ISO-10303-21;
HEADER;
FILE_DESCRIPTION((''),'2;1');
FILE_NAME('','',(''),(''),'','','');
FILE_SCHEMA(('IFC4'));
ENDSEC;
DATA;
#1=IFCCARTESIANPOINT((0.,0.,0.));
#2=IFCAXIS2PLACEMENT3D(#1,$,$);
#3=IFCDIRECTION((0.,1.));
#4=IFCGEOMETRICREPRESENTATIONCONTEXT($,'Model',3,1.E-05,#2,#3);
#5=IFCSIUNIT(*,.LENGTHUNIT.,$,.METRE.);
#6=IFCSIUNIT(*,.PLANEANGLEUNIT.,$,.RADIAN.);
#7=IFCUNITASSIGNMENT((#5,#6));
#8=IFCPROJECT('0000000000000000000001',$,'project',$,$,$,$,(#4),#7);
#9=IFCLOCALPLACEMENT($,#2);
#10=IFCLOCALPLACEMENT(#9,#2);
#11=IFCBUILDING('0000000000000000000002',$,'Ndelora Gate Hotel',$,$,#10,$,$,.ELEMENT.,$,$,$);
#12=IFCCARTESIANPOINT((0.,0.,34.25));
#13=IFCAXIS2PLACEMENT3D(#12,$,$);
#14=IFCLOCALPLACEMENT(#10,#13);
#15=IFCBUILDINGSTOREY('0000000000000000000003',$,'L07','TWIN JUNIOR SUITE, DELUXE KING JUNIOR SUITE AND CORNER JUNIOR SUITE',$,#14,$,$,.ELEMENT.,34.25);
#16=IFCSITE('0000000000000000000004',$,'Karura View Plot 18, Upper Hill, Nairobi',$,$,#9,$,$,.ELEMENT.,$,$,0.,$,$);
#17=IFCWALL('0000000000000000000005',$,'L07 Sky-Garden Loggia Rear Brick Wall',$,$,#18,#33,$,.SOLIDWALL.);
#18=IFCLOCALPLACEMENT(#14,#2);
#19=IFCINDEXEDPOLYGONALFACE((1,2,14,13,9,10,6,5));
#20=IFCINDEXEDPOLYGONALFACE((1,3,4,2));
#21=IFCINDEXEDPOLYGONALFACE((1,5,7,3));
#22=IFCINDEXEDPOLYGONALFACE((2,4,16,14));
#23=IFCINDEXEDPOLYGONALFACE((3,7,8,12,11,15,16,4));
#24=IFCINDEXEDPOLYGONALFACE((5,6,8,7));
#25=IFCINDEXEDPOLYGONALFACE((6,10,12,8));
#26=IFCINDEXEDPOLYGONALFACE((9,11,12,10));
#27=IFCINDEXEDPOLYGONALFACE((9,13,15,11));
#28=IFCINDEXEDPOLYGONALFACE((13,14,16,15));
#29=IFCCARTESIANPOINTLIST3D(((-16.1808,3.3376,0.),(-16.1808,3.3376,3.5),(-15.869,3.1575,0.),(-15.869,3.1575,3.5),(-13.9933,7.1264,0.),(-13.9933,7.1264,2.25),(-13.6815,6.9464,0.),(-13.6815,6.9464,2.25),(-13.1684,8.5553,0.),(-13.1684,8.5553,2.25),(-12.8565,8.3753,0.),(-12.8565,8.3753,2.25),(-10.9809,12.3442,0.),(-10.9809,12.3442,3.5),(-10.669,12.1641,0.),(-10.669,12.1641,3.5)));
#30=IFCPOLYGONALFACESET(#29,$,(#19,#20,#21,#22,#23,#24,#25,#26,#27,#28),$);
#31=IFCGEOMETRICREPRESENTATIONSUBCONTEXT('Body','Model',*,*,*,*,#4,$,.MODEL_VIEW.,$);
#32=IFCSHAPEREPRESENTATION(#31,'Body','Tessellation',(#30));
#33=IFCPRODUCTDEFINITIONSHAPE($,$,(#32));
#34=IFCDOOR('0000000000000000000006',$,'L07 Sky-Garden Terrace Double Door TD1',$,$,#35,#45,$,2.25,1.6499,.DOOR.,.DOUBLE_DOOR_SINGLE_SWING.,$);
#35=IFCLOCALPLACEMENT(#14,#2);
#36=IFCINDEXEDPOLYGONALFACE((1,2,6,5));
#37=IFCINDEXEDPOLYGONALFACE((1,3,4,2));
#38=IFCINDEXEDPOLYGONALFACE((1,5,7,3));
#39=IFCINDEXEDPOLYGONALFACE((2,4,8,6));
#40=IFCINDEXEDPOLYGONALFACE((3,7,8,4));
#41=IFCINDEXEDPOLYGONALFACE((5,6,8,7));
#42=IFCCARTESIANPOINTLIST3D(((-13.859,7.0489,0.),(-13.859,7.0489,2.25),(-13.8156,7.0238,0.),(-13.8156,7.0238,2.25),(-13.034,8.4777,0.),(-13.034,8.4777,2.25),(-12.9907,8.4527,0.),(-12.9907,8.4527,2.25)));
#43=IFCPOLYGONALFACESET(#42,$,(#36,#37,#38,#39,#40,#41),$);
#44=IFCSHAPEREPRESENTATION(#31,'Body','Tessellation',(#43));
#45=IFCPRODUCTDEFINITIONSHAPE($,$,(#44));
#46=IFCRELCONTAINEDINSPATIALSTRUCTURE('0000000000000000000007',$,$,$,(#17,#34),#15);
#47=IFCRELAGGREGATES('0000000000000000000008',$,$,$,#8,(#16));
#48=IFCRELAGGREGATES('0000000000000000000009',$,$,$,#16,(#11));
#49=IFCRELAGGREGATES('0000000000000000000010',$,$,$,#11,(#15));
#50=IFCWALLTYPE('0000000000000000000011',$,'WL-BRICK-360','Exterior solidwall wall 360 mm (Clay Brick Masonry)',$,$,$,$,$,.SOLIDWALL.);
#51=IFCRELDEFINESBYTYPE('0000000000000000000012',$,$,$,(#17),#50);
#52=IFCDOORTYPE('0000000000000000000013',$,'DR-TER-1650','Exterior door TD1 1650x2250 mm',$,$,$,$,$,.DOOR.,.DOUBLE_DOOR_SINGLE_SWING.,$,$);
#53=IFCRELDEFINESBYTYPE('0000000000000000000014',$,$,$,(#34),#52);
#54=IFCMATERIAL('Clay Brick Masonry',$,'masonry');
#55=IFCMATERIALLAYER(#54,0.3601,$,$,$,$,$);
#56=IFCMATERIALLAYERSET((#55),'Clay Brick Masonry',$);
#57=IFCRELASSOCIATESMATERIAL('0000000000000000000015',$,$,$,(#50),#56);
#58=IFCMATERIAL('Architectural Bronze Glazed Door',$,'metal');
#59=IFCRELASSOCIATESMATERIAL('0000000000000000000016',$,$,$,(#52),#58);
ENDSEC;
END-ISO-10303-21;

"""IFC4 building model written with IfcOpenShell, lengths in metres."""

from ifc_helpers import new_model, si_unit, direction, frame, frame_2d, origin, place, context, subcontext, project, spatial, rectangle, extrude, material, layer, layer_set, type_object, element, fill, save


model = new_model("IFC4")

# Units and contexts
model_context = context("Model", 3, precision=1e-05, world=origin(), true_north=direction((0.0, 1.0)))
body_context = subcontext(model_context, "Body", "Model", "MODEL_VIEW")
ifc_project = project(units=[si_unit("LENGTHUNIT", "METRE"), si_unit("PLANEANGLEUNIT", "RADIAN")], contexts=[model_context])

# Site, building, storey
site_placement = place(None, origin())
site = spatial("IfcSite", under=ifc_project, at=site_placement, Name="Karura View Plot 18, Upper Hill, Nairobi", CompositionType="ELEMENT", RefElevation=0.0)
building_placement = place(site_placement, origin())
building = spatial("IfcBuilding", under=site, at=building_placement, Name="Ndelora Gate Hotel", CompositionType="ELEMENT")
storey_placement = place(building_placement, frame((0.0, 0.0, 34.25)))
storey = spatial("IfcBuildingStorey", under=building, at=storey_placement, Name="L07", Description="TWIN JUNIOR SUITE, DELUXE KING JUNIOR SUITE AND CORNER JUNIOR SUITE", CompositionType="ELEMENT", Elevation=34.25)

# Wall, opening, door
ifc_material_1 = material(Name="Clay Brick Masonry", Category="masonry")
ifc_layer_1 = layer(ifc_material_1, 0.3601)
ifc_layer_set_1 = layer_set([ifc_layer_1], Name="Clay Brick Masonry")
wall_type = type_object("IfcWallType", Name="WL-BRICK-360", Description="Exterior solidwall wall 360 mm (Clay Brick Masonry)", PredefinedType="SOLIDWALL", material=ifc_layer_set_1)
wall_placement = place(storey_placement, frame((-16.0249, 3.2476, 0.0), z_axis=(0.0, 0.0, 1.0), x_axis=(0.499999, 0.866026, 0.0)))
wall = element("IfcWall", 1, at=wall_placement, inside=storey, type_object=wall_type, Name="L07 Sky-Garden Loggia Rear Brick Wall", PredefinedType="SOLIDWALL", context=body_context, shape_type="SweptSolid", body=[
    extrude(rectangle(XDim=10.3999, YDim=0.3601, at=frame_2d((5.2, 0.0))), origin(), (0.0, 0.0, 1.0), 3.5),
])
opening_placement = place(wall_placement, frame((4.375, 0.0, 0.0)))
opening = element("IfcOpeningElement", 2, at=opening_placement, cuts=wall, PredefinedType="OPENING", context=body_context, shape_type="SweptSolid", body=[
    extrude(rectangle(XDim=1.6499, YDim=2.25, at=frame_2d((0.825, 1.125))), frame((0.0, 0.1899, 0.0), z_axis=(0.0, -1.0, 0.0), x_axis=(1.0, 0.0, 0.0)), (0.0, 0.0, 1.0), 0.3801),
])
ifc_material_2 = material(Name="Architectural Bronze Glazed Door", Category="metal")
door_type = type_object("IfcDoorType", Name="DR-TER-1650", Description="Exterior door TD1 1650x2250 mm", OperationType="DOUBLE_DOOR_SINGLE_SWING", PredefinedType="DOOR", material=ifc_material_2)
door_placement = place(opening_placement, origin())
door = element("IfcDoor", 3, at=door_placement, inside=storey, type_object=door_type, Name="L07 Sky-Garden Terrace Double Door TD1", OperationType="DOUBLE_DOOR_SINGLE_SWING", OverallHeight=2.25, OverallWidth=1.6499, PredefinedType="DOOR", context=body_context, shape_type="SweptSolid", body=[
    extrude(rectangle(XDim=1.6499, YDim=2.25, at=frame_2d((0.825, 1.125))), frame((0.0, 0.0249, 0.0), z_axis=(0.0, -1.0, 0.0), x_axis=(1.0, 0.0, 0.0)), (0.0, 0.0, 1.0), 0.05),
])
fill(opening, door)

save(model, "model.ifc")
